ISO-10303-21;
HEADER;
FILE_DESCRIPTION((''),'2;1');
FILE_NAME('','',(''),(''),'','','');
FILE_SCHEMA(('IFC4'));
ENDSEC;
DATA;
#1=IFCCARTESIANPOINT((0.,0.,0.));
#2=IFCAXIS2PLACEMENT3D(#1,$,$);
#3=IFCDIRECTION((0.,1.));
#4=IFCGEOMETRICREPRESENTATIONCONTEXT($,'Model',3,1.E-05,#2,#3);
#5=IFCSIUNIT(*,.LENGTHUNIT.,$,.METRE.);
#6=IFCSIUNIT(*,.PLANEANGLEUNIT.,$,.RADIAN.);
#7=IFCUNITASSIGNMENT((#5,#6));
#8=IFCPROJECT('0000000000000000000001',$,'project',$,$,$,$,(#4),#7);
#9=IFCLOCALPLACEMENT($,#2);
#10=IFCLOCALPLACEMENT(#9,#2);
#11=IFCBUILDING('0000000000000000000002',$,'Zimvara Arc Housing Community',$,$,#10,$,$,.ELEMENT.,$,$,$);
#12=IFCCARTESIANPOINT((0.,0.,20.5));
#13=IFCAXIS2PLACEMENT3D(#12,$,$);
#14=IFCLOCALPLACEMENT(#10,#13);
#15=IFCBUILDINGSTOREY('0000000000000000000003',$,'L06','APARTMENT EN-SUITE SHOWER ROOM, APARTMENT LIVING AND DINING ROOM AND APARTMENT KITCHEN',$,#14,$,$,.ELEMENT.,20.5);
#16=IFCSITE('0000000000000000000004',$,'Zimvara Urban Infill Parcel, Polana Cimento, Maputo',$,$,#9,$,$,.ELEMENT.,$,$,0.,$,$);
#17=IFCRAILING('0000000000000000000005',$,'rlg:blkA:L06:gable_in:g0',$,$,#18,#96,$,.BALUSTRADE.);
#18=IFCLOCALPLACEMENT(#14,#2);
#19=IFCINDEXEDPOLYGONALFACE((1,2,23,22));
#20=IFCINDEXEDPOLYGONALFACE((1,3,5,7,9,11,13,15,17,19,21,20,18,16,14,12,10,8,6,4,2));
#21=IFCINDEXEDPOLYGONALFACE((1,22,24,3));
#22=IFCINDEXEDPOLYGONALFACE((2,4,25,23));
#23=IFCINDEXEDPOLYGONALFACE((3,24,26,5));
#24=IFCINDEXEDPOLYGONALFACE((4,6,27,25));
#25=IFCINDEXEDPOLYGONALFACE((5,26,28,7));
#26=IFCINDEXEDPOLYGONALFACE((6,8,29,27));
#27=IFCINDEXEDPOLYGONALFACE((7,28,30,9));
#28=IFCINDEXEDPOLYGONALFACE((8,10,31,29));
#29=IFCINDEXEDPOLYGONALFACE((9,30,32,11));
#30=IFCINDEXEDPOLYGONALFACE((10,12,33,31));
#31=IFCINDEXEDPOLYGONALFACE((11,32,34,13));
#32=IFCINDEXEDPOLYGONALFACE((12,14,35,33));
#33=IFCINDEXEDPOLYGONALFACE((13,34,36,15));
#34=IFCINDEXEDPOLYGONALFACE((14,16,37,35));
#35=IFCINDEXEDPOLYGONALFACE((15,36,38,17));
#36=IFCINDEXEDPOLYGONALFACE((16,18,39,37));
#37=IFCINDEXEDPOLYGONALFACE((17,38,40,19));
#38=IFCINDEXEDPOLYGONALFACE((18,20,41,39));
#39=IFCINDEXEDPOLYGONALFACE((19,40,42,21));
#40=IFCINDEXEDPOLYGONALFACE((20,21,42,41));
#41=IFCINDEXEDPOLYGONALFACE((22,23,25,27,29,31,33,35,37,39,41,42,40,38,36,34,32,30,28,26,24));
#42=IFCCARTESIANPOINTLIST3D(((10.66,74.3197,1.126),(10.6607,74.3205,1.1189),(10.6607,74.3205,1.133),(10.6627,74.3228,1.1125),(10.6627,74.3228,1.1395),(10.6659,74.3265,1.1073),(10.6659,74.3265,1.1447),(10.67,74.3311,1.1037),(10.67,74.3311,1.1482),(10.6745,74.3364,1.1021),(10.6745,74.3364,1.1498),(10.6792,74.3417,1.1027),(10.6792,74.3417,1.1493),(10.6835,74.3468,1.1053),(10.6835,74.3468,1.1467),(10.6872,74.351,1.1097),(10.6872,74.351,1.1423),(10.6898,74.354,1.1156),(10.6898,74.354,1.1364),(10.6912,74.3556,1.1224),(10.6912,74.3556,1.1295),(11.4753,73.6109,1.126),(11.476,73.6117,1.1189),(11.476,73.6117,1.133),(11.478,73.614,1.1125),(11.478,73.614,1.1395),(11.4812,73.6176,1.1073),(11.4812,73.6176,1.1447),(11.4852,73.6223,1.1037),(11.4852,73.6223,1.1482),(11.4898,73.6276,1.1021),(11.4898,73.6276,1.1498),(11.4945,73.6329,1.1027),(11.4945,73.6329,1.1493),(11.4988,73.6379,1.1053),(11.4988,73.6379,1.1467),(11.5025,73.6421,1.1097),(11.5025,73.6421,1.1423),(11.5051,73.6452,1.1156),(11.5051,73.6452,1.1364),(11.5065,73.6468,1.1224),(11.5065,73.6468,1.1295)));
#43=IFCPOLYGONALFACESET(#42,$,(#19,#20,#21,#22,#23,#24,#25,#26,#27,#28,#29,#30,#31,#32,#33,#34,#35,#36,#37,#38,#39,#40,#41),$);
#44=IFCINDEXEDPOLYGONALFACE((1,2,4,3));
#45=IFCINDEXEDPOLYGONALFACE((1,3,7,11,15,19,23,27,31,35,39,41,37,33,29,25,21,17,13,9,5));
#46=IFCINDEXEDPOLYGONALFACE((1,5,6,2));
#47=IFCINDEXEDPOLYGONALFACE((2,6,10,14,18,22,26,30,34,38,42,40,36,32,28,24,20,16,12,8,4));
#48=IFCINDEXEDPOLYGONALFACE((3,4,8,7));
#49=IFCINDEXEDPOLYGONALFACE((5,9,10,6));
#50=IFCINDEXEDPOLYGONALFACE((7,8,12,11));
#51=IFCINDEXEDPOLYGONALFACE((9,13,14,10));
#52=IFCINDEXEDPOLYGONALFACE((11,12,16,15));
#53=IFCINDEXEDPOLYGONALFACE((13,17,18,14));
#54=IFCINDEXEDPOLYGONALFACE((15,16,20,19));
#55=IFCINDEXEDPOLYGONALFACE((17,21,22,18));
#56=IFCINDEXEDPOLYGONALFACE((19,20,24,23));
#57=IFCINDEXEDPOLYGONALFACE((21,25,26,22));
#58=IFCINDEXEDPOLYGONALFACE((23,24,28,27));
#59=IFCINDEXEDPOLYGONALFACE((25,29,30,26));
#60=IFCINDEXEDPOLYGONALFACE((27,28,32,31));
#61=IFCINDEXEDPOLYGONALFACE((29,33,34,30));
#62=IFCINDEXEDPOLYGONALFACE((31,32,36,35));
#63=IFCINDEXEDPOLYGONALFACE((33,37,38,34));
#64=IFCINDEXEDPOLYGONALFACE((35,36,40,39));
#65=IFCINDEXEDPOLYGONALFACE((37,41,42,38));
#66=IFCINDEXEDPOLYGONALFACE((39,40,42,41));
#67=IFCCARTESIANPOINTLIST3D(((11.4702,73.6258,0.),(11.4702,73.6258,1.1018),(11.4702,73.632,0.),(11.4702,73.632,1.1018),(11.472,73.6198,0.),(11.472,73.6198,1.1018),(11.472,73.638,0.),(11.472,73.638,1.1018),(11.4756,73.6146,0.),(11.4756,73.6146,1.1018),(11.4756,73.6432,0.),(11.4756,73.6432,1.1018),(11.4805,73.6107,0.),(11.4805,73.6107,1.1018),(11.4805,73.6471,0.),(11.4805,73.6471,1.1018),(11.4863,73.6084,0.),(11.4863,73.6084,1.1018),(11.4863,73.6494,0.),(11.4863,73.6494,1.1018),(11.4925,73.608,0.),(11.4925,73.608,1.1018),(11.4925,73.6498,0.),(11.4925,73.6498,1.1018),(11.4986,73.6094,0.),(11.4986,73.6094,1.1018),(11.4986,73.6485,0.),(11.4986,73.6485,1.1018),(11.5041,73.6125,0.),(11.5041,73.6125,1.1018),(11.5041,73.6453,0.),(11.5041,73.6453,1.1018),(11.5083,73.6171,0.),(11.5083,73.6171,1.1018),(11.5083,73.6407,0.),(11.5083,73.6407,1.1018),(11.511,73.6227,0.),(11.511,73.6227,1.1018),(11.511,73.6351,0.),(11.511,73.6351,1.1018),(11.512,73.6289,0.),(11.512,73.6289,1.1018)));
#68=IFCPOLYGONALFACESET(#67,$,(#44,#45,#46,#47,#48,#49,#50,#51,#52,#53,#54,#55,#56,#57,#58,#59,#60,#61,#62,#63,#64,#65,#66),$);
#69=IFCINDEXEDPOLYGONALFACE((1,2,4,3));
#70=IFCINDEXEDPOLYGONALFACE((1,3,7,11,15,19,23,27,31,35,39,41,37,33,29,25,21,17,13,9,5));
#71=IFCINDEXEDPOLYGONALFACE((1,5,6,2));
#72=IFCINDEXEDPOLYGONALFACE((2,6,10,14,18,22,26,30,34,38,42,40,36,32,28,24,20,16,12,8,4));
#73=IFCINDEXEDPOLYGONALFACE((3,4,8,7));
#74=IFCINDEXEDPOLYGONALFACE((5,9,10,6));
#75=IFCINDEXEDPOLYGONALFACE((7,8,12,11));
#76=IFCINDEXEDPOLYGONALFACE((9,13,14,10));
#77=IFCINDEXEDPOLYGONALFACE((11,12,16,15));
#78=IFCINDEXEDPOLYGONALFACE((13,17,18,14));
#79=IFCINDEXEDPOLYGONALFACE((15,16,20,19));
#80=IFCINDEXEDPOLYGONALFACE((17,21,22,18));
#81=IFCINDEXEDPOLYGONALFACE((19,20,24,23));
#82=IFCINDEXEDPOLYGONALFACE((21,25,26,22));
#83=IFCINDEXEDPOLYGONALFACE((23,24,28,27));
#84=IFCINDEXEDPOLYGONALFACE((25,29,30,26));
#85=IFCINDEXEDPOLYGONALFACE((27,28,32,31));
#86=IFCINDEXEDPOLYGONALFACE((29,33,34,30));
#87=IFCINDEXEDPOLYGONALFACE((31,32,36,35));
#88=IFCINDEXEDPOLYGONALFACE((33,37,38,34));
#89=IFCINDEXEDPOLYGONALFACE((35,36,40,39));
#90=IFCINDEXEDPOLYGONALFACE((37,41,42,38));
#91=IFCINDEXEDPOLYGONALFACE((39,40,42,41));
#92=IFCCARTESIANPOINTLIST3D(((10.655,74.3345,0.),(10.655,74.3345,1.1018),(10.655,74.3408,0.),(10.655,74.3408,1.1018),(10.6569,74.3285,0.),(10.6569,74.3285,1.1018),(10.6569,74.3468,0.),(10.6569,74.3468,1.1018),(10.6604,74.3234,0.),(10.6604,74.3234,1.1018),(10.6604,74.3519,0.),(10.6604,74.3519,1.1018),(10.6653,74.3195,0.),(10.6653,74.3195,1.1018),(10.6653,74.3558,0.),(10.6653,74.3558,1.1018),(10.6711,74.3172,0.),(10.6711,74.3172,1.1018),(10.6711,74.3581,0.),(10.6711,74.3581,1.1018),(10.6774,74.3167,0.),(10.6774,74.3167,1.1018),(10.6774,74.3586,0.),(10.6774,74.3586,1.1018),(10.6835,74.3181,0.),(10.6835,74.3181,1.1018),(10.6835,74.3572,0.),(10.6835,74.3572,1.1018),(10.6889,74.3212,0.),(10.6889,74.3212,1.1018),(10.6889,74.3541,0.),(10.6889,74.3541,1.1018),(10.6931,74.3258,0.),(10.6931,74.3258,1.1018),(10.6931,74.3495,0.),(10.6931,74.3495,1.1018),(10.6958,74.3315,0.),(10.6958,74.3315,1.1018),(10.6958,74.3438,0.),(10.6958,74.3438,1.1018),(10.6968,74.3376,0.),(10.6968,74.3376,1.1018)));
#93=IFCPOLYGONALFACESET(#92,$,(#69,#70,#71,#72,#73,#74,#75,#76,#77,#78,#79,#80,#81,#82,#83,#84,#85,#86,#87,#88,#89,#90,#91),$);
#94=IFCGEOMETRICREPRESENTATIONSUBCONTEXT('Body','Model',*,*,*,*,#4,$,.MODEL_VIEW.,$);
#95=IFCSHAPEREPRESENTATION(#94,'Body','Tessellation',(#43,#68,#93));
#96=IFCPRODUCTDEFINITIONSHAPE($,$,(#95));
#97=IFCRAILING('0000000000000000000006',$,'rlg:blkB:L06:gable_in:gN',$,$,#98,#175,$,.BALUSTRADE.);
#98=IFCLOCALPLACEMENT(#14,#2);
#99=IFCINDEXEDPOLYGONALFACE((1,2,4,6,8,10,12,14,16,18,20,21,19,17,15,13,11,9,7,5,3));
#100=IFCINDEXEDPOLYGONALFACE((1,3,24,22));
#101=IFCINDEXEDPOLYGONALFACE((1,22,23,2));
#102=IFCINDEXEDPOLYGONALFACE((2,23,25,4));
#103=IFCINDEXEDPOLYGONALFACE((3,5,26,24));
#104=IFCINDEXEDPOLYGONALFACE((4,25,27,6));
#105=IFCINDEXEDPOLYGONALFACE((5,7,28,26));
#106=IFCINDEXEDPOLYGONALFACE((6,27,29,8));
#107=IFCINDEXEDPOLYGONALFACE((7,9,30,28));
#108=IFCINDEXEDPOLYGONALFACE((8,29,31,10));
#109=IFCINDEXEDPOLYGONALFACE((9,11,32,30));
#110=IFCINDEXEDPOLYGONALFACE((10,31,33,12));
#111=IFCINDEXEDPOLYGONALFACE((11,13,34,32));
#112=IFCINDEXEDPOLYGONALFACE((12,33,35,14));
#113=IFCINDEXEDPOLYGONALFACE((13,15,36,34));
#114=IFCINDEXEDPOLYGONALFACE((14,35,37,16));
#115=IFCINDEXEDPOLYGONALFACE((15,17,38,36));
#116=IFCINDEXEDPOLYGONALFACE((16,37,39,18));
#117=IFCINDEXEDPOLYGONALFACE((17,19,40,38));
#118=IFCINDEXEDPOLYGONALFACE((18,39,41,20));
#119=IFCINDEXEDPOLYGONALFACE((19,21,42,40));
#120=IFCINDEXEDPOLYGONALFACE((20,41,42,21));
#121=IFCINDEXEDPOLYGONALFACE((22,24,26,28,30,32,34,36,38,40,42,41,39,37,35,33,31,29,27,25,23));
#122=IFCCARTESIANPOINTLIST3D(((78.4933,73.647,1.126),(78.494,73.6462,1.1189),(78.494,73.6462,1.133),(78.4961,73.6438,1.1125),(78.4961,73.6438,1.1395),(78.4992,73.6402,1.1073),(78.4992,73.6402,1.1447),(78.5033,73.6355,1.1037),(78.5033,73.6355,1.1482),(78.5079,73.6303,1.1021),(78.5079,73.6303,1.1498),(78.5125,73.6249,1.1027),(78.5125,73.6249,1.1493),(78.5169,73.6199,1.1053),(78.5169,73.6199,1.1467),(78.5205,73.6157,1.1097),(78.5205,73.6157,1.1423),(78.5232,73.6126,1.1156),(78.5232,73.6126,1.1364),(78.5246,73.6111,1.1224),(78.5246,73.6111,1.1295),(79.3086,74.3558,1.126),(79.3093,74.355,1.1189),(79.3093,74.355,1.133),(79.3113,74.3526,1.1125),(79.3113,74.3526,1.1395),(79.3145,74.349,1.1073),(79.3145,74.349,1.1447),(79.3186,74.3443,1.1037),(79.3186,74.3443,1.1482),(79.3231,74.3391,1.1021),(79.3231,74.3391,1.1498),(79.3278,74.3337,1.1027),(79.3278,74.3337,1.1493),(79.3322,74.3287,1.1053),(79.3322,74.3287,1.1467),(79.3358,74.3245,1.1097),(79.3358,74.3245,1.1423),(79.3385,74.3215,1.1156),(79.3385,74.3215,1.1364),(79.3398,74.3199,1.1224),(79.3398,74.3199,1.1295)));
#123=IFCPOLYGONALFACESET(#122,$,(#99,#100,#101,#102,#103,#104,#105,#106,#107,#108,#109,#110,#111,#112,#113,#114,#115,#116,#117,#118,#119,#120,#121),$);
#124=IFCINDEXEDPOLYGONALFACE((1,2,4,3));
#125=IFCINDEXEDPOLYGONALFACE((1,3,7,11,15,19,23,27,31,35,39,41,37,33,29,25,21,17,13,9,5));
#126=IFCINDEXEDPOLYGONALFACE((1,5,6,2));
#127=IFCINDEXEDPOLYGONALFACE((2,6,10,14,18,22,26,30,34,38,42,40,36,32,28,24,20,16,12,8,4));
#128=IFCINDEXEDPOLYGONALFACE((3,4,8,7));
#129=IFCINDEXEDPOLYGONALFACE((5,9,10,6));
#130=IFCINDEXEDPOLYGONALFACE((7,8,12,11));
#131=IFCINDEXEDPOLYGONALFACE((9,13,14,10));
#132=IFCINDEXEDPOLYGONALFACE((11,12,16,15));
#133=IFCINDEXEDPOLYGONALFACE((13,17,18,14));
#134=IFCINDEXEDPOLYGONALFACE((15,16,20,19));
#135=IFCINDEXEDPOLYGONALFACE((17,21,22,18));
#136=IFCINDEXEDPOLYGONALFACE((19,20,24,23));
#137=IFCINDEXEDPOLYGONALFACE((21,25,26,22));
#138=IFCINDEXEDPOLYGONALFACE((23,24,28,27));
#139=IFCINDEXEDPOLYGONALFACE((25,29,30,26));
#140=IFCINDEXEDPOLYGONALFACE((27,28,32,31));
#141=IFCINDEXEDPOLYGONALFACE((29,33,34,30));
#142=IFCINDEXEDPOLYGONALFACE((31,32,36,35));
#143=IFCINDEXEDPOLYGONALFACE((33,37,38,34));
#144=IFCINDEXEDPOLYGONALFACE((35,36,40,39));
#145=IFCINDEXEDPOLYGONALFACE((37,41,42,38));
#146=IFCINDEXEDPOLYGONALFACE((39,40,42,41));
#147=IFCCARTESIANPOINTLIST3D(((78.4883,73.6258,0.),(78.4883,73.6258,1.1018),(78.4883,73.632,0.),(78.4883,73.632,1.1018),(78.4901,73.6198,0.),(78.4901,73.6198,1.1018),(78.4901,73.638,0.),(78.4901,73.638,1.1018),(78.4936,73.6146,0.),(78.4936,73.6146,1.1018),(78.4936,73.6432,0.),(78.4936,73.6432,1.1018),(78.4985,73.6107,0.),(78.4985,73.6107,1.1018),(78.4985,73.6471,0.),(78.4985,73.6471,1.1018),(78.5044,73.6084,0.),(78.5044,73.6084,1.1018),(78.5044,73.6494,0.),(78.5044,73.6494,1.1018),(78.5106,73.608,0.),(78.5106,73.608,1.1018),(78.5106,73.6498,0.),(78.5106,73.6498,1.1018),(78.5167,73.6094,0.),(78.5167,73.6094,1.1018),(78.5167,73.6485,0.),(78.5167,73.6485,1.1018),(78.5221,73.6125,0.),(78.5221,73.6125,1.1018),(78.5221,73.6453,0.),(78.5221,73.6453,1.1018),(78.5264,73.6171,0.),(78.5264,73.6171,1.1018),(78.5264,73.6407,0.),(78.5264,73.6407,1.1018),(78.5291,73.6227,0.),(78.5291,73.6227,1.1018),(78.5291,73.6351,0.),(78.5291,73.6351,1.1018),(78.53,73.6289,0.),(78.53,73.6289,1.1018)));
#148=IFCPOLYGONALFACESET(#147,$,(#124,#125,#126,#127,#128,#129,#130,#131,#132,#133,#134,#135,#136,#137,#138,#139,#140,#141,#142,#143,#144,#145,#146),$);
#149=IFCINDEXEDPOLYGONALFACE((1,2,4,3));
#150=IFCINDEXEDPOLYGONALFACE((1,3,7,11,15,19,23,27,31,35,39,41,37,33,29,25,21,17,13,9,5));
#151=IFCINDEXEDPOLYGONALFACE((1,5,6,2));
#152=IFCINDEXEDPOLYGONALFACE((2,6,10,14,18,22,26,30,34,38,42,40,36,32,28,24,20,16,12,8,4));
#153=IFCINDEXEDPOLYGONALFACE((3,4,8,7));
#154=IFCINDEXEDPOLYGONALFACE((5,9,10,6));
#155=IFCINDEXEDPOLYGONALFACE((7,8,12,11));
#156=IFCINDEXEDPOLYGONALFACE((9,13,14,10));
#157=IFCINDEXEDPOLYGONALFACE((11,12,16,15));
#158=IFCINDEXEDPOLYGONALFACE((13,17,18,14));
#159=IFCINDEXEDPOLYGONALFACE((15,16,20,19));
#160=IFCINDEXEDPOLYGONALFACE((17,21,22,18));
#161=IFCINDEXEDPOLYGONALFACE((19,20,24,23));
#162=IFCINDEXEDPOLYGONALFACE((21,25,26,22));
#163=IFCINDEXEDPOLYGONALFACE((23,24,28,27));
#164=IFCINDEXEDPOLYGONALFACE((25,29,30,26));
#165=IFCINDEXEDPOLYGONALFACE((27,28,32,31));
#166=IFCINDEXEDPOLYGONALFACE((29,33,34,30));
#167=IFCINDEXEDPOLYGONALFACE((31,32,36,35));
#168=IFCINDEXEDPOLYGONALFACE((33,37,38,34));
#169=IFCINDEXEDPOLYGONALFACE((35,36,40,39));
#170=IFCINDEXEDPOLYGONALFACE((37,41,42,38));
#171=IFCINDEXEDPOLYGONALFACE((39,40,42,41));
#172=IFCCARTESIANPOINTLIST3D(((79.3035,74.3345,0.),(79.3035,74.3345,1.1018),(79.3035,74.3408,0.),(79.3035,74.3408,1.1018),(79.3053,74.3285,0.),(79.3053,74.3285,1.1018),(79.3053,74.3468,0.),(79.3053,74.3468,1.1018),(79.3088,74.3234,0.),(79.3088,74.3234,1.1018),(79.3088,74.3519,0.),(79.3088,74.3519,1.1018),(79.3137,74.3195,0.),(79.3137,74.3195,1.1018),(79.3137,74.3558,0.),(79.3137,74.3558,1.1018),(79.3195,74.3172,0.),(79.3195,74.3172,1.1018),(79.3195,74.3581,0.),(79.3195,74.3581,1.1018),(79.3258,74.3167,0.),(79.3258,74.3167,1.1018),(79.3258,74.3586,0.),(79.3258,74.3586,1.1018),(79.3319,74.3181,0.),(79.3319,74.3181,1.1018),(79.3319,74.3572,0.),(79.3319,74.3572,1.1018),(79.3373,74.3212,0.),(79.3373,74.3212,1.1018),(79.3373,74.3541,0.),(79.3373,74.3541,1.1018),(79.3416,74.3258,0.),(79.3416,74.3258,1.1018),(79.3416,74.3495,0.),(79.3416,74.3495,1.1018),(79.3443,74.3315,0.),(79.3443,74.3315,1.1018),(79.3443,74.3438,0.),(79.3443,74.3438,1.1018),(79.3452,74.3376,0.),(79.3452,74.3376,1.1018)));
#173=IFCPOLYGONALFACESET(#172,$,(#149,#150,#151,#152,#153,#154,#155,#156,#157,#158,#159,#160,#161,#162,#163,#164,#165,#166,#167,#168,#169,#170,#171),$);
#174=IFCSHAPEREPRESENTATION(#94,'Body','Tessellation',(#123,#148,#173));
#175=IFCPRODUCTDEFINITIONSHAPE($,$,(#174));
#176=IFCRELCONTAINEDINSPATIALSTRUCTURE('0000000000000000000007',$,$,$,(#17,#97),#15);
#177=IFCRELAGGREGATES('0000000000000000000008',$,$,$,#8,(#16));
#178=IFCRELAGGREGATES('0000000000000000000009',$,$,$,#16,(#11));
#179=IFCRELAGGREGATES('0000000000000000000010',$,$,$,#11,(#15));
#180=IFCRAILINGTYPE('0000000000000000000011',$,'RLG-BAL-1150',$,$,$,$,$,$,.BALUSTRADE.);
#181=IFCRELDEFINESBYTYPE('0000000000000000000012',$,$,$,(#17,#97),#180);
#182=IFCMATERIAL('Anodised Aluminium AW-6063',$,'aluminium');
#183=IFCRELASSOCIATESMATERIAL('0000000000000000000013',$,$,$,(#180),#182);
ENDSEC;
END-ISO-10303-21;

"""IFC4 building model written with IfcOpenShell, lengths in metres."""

from ifc_helpers import new_model, si_unit, direction, frame, origin, origin_2d, place, context, subcontext, project, spatial, circle, extrude, material, type_object, element, save


model = new_model("IFC4")

# Units and contexts
model_context = context("Model", 3, precision=1e-05, world=origin(), true_north=direction((0.0, 1.0)))
body_context = subcontext(model_context, "Body", "Model", "MODEL_VIEW")
ifc_project = project(units=[si_unit("LENGTHUNIT", "METRE"), si_unit("PLANEANGLEUNIT", "RADIAN")], contexts=[model_context])

# Site, building, storey
site_placement = place(None, origin())
site = spatial("IfcSite", under=ifc_project, at=site_placement, Name="Zimvara Urban Infill Parcel, Polana Cimento, Maputo", CompositionType="ELEMENT", RefElevation=0.0)
building_placement = place(site_placement, origin())
building = spatial("IfcBuilding", under=site, at=building_placement, Name="Zimvara Arc Housing Community", CompositionType="ELEMENT")
storey_placement = place(building_placement, frame((0.0, 0.0, 20.5)))
storey = spatial("IfcBuildingStorey", under=building, at=storey_placement, Name="L06", Description="APARTMENT EN-SUITE SHOWER ROOM, APARTMENT LIVING AND DINING ROOM AND APARTMENT KITCHEN", CompositionType="ELEMENT", Elevation=20.5)

# Railings
ifc_material_1 = material(Name="Anodised Aluminium AW-6063", Category="aluminium")
railing_type = type_object("IfcRailingType", Name="RLG-BAL-1150", PredefinedType="BALUSTRADE", material=ifc_material_1)
railing_1_placement = place(storey_placement, frame((11.491, 73.6289, 0.0)))
element("IfcRailing", 1, at=railing_1_placement, inside=storey, type_object=railing_type, Name="rlg:blkA:L06:gable_in:g0", PredefinedType="BALUSTRADE", context=body_context, shape_type="SweptSolid", body=[
    extrude(circle(Radius=0.0239, at=origin_2d()), frame((0.0, 0.0, 1.126), z_axis=(-0.754659, 0.656117, 0.0), x_axis=(-0.656117, -0.754659, 0.0)), (0.0, 0.0, 1.0), 1.0803),
    extrude(circle(Radius=0.021, at=origin_2d()), origin(), (0.0, 0.0, 1.0), 1.1018),
    extrude(circle(Radius=0.021, at=origin_2d()), frame((-0.8152, 0.7087, 0.0)), (0.0, 0.0, 1.0), 1.1018),
])
railing_2_placement = place(storey_placement, frame((78.509, 73.6289, 0.0)))
element("IfcRailing", 2, at=railing_2_placement, inside=storey, type_object=railing_type, Name="rlg:blkB:L06:gable_in:gN", PredefinedType="BALUSTRADE", context=body_context, shape_type="SweptSolid", body=[
    extrude(circle(Radius=0.0239, at=origin_2d()), frame((0.0, 0.0, 1.126), z_axis=(0.754659, 0.656117, 0.0), x_axis=(-0.656117, 0.754659, 0.0)), (0.0, 0.0, 1.0), 1.0803),
    extrude(circle(Radius=0.021, at=origin_2d()), origin(), (0.0, 0.0, 1.0), 1.1018),
    extrude(circle(Radius=0.021, at=origin_2d()), frame((0.8152, 0.7087, 0.0)), (0.0, 0.0, 1.0), 1.1018),
])

save(model, "model.ifc")
